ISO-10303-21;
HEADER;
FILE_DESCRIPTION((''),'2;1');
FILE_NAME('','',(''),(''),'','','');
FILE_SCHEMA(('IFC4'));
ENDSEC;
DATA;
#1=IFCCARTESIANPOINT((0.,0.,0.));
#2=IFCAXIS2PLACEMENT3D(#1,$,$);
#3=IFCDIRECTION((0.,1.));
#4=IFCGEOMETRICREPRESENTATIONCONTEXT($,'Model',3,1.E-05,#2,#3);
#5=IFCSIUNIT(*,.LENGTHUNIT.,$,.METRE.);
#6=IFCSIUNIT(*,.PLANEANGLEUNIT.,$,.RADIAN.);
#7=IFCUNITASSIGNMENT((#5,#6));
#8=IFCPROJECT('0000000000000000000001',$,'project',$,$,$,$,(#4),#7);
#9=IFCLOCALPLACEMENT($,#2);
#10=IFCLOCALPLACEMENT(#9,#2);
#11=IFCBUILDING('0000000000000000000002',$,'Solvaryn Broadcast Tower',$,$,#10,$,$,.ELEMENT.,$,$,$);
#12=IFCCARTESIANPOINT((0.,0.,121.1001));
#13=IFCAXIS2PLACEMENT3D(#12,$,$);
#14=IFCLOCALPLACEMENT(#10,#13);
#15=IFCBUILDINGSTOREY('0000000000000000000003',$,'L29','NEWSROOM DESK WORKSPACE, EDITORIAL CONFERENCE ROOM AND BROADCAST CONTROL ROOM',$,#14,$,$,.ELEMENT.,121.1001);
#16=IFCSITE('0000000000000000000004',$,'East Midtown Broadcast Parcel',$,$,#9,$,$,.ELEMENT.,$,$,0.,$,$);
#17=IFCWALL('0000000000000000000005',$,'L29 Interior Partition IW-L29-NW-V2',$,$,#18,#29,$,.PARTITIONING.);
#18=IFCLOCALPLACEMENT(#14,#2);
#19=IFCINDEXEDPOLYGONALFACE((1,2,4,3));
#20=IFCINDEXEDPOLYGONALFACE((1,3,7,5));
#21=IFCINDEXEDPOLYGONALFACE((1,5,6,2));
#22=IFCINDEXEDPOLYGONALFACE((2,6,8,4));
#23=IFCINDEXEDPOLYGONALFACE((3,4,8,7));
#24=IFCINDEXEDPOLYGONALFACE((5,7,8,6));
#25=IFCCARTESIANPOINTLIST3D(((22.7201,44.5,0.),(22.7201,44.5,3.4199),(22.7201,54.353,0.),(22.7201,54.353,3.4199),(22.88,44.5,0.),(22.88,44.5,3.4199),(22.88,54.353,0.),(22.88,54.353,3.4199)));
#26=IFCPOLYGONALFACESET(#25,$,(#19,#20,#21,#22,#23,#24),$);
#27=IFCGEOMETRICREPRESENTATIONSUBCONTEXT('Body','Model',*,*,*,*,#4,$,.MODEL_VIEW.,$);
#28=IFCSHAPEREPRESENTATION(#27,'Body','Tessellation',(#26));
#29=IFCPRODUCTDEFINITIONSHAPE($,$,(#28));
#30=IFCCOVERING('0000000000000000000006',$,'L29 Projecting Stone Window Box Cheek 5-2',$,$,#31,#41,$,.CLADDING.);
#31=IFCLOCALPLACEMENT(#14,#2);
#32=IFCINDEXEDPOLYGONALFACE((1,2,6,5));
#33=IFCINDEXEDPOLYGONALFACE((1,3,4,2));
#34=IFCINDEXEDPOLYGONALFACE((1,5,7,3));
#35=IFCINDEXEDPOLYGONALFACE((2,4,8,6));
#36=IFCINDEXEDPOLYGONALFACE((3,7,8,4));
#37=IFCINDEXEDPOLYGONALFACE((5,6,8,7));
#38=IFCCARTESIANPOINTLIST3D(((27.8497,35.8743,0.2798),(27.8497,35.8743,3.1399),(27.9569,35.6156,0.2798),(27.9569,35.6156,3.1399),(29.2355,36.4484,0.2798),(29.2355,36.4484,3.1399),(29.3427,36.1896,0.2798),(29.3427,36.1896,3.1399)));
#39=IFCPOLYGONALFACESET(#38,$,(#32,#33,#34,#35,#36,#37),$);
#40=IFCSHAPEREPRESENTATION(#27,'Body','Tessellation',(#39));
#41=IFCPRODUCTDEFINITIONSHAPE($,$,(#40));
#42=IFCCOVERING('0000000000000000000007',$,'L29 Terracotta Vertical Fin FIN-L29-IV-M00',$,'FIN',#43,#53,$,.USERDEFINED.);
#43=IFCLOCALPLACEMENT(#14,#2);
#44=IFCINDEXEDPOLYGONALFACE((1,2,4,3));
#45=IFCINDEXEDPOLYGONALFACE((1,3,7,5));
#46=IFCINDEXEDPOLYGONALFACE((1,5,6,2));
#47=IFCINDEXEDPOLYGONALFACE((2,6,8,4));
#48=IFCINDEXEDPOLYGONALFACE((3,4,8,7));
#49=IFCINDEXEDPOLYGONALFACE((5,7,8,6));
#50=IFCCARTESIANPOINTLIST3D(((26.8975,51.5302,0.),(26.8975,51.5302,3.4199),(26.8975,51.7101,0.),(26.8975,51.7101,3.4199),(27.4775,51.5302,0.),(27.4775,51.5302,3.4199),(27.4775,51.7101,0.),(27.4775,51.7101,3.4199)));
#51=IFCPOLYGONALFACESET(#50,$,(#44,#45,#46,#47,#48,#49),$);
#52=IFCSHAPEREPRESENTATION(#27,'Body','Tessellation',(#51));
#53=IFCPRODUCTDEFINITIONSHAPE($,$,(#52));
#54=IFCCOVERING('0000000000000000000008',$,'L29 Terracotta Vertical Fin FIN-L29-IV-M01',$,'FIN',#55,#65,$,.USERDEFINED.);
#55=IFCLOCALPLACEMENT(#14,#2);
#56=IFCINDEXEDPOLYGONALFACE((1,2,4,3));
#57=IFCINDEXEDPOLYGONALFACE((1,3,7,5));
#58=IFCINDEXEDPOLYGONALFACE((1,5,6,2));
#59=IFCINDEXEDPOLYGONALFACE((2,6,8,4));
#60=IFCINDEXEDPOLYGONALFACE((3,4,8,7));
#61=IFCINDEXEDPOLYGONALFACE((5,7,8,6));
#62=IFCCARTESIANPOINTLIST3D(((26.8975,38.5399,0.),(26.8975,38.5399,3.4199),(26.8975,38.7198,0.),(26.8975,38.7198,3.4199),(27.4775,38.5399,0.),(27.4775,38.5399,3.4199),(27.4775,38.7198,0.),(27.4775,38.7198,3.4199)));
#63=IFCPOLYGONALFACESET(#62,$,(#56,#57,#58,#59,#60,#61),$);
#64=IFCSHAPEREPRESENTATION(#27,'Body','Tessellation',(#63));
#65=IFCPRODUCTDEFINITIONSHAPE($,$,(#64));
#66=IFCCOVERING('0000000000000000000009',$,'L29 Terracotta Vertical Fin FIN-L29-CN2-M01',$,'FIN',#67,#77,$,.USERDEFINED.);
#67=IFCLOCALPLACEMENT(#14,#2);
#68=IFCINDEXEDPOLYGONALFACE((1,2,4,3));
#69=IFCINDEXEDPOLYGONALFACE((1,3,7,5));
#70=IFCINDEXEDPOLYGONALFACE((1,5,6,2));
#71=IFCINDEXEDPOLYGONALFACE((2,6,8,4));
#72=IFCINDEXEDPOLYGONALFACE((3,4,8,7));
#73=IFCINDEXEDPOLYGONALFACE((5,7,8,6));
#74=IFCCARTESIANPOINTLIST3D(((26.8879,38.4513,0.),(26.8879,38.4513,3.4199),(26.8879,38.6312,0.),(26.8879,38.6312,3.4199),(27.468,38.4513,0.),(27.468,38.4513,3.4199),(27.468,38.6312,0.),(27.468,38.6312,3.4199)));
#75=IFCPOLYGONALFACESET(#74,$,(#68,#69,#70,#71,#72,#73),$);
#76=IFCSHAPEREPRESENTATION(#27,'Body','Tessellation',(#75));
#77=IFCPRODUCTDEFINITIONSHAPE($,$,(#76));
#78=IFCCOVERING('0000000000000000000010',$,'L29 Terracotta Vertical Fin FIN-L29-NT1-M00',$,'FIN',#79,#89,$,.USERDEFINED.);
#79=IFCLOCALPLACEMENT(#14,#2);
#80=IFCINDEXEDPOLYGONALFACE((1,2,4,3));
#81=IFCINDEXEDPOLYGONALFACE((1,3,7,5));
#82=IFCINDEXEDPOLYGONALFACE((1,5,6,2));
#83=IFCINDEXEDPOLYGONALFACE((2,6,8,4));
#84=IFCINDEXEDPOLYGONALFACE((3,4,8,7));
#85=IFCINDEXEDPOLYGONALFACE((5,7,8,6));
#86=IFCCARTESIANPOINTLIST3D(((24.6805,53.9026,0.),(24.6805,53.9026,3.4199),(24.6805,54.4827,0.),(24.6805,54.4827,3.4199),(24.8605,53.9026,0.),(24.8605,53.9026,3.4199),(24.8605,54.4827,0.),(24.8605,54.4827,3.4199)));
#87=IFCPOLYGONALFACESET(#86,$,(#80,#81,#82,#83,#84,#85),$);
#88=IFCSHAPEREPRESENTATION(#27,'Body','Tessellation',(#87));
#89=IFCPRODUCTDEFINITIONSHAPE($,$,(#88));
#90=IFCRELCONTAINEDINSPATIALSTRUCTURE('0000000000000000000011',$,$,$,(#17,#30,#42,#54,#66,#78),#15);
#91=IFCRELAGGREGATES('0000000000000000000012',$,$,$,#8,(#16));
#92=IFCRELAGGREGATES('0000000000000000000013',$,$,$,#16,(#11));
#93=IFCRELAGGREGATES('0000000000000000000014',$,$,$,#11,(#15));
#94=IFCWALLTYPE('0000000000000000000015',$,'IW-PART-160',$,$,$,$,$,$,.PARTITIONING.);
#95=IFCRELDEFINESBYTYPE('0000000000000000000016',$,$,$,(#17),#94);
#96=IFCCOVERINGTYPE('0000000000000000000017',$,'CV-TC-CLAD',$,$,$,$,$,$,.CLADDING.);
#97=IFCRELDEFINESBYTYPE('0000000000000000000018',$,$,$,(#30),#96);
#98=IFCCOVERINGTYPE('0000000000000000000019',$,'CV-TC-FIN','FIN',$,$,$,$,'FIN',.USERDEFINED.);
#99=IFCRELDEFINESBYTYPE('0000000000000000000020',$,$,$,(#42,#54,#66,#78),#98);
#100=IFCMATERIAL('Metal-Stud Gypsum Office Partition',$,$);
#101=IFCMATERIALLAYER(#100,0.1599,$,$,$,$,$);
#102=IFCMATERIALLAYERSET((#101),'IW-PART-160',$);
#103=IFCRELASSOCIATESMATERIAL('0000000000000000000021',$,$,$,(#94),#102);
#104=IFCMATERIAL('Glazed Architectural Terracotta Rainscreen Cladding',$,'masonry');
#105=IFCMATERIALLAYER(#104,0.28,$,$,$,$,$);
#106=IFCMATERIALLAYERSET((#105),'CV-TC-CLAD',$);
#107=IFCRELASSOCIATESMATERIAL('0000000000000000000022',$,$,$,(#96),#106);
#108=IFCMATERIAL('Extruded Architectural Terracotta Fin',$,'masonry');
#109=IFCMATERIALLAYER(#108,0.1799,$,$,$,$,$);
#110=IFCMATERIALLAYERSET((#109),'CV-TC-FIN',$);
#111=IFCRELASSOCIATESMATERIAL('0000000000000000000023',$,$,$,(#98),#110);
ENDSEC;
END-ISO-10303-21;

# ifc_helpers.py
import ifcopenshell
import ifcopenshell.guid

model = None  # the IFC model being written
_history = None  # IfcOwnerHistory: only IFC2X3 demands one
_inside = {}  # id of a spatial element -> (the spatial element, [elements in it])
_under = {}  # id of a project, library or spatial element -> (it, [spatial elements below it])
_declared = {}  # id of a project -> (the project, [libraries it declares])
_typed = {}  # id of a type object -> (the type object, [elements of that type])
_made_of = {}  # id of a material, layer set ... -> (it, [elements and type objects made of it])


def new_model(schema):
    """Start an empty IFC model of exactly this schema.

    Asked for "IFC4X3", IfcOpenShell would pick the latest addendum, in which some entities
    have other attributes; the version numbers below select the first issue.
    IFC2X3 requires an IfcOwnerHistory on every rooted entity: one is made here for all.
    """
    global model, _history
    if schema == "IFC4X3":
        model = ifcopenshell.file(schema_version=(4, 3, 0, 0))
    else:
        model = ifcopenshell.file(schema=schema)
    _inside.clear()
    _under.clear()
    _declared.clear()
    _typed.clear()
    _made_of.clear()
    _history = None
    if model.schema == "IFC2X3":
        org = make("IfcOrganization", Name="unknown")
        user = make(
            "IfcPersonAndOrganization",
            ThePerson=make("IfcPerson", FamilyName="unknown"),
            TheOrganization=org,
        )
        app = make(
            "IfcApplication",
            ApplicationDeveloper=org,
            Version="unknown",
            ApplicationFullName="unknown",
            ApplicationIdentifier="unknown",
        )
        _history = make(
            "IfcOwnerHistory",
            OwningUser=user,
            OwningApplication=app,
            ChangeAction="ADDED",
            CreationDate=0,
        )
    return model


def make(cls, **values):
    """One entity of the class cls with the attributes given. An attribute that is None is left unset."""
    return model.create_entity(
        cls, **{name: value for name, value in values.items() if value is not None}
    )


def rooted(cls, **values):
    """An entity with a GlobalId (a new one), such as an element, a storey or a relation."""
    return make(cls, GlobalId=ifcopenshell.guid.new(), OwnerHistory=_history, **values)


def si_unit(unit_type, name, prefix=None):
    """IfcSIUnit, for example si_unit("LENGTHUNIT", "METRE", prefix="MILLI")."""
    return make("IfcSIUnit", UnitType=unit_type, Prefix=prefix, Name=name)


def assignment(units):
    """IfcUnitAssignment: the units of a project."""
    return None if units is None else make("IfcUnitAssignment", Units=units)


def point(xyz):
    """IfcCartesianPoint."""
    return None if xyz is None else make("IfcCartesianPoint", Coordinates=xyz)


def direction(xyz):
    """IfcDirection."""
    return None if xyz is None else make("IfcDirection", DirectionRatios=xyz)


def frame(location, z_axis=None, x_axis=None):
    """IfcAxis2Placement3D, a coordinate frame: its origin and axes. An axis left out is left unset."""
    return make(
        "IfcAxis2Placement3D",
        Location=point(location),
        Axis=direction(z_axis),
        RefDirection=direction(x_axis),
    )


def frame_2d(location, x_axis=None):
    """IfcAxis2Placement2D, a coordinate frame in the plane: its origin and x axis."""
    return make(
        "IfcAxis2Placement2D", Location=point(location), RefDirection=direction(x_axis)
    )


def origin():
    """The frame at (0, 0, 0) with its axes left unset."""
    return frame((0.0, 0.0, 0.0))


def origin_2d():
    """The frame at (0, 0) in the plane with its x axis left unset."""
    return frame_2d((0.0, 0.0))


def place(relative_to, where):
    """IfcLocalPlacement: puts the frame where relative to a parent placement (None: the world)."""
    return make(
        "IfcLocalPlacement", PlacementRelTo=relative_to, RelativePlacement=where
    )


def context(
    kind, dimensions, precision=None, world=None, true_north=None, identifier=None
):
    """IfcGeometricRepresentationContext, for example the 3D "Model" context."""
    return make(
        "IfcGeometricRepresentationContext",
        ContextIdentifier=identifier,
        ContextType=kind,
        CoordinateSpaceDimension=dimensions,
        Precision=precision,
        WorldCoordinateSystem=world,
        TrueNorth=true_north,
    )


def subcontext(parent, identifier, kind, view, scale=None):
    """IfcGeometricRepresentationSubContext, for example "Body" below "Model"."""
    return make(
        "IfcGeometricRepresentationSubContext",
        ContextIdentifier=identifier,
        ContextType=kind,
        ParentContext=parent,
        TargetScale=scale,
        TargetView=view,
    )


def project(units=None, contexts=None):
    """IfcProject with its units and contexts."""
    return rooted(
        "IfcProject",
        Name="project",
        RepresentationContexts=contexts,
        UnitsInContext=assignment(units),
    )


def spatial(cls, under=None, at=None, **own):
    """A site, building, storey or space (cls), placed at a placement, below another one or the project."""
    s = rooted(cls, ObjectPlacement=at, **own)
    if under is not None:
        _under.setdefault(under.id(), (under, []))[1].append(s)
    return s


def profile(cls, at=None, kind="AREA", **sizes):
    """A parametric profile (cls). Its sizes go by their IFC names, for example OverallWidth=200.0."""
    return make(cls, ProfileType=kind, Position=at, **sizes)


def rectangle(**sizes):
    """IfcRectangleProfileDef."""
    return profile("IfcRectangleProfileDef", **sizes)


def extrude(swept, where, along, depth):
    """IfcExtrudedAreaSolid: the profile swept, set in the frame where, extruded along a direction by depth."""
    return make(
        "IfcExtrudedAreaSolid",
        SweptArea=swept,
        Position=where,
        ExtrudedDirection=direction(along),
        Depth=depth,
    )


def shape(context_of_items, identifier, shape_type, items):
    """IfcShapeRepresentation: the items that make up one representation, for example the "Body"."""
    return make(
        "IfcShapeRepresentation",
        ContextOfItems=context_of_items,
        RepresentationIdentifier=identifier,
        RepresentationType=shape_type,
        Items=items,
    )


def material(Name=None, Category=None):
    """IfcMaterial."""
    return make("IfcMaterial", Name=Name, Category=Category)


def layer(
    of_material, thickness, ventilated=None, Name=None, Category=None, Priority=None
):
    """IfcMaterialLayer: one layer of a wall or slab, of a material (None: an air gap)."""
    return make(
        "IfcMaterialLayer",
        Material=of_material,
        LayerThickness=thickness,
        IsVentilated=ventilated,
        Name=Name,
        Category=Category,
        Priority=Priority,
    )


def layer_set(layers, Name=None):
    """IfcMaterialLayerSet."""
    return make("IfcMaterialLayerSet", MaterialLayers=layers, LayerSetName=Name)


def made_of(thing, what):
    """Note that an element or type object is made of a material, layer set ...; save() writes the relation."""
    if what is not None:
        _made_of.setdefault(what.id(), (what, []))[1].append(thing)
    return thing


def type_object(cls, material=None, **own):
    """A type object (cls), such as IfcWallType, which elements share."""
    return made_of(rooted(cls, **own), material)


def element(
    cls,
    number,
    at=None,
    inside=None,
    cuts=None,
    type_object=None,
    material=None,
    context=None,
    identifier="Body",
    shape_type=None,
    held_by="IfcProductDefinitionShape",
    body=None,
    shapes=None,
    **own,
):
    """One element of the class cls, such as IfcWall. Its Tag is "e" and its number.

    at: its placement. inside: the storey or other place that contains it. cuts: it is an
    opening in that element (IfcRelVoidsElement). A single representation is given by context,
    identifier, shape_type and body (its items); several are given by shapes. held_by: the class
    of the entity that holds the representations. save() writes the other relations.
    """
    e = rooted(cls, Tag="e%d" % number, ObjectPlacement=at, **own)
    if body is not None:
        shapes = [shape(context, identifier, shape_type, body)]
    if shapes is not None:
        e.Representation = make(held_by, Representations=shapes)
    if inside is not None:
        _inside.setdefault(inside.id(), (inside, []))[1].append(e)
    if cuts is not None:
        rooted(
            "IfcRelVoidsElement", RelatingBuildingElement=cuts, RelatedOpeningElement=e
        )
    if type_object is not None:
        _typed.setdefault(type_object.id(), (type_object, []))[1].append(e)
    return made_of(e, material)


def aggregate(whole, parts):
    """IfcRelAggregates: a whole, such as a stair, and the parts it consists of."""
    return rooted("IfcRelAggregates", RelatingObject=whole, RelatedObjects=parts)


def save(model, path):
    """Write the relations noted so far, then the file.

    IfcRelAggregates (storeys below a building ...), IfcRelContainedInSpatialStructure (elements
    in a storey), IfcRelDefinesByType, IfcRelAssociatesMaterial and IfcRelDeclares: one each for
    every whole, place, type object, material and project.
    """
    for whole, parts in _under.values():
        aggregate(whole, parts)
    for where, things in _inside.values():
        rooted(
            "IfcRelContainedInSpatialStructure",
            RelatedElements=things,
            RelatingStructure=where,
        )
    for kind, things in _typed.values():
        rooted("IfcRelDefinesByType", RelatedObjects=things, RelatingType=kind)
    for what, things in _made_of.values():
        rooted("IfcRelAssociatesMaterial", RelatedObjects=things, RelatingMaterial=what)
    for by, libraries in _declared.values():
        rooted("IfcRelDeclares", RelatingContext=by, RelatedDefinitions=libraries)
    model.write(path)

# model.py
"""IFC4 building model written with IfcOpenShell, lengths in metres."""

from ifc_helpers import new_model, si_unit, direction, frame, frame_2d, origin, origin_2d, place, context, subcontext, project, spatial, rectangle, extrude, material, layer, layer_set, type_object, element, save


model = new_model("IFC4")

# Units and contexts
model_context = context("Model", 3, precision=1e-05, world=origin(), true_north=direction((0.0, 1.0)))
body_context = subcontext(model_context, "Body", "Model", "MODEL_VIEW")
ifc_project = project(units=[si_unit("LENGTHUNIT", "METRE"), si_unit("PLANEANGLEUNIT", "RADIAN")], contexts=[model_context])

# Site, building, storey
site_placement = place(None, origin())
site = spatial("IfcSite", under=ifc_project, at=site_placement, Name="East Midtown Broadcast Parcel", CompositionType="ELEMENT", RefElevation=0.0)
building_placement = place(site_placement, origin())
building = spatial("IfcBuilding", under=site, at=building_placement, Name="Solvaryn Broadcast Tower", CompositionType="ELEMENT")
storey_placement = place(building_placement, frame((0.0, 0.0, 121.1001)))
storey = spatial("IfcBuildingStorey", under=building, at=storey_placement, Name="L29", Description="NEWSROOM DESK WORKSPACE, EDITORIAL CONFERENCE ROOM AND BROADCAST CONTROL ROOM", CompositionType="ELEMENT", Elevation=121.1001)

# Wall
ifc_material_1 = material(Name="Metal-Stud Gypsum Office Partition")
ifc_layer_1 = layer(ifc_material_1, 0.1599)
ifc_layer_set_1 = layer_set([ifc_layer_1], Name="IW-PART-160")
wall_type_1 = type_object("IfcWallType", Name="IW-PART-160", PredefinedType="PARTITIONING", material=ifc_layer_set_1)
wall_1_placement = place(storey_placement, frame((22.8, 44.5, 0.0), z_axis=(0.0, 0.0, 1.0), x_axis=(0.0, 1.0, 0.0)))
element("IfcWall", 1, at=wall_1_placement, inside=storey, type_object=wall_type_1, Name="L29 Interior Partition IW-L29-NW-V2", PredefinedType="PARTITIONING", context=body_context, shape_type="SweptSolid", body=[
    extrude(rectangle(XDim=9.853, YDim=0.1599, at=frame_2d((4.9265, 0.0))), origin(), (0.0, 0.0, 1.0), 3.4199),
])

# Coverings
ifc_material_2 = material(Name="Glazed Architectural Terracotta Rainscreen Cladding", Category="masonry")
ifc_layer_2 = layer(ifc_material_2, 0.28)
ifc_layer_set_2 = layer_set([ifc_layer_2], Name="CV-TC-CLAD")
covering_type_1 = type_object("IfcCoveringType", Name="CV-TC-CLAD", PredefinedType="CLADDING", material=ifc_layer_set_2)
covering_1_placement = place(storey_placement, frame((28.5962, 36.032, 0.2798), z_axis=(0.0, 0.0, 1.0), x_axis=(-0.382683, 0.92388, 0.0)))
element("IfcCovering", 2, at=covering_1_placement, inside=storey, type_object=covering_type_1, Name="L29 Projecting Stone Window Box Cheek 5-2", PredefinedType="CLADDING", context=body_context, shape_type="SweptSolid", body=[
    extrude(rectangle(XDim=0.28, YDim=1.5, at=origin_2d()), origin(), (0.0, 0.0, 1.0), 2.8601),
])
ifc_material_3 = material(Name="Extruded Architectural Terracotta Fin", Category="masonry")
ifc_layer_3 = layer(ifc_material_3, 0.1799)
ifc_layer_set_3 = layer_set([ifc_layer_3], Name="CV-TC-FIN")
covering_type_2 = type_object("IfcCoveringType", Name="CV-TC-FIN", Description="FIN", ElementType="FIN", PredefinedType="USERDEFINED", material=ifc_layer_set_3)
for number, where, z_axis, x_axis, name in (
    (3, (27.1875, 51.6201, 0.0), (0.0, 0.0, 1.0), (1.0, 0.0, 0.0), "L29 Terracotta Vertical Fin FIN-L29-IV-M00"),
    (4, (27.1875, 38.6299, 0.0), (0.0, 0.0, 1.0), (1.0, 0.0, 0.0), "L29 Terracotta Vertical Fin FIN-L29-IV-M01"),
    (5, (27.178, 38.5413, 0.0), (0.0, 0.0, 1.0), (1.0, 0.0, 0.0), "L29 Terracotta Vertical Fin FIN-L29-CN2-M01"),
):
    element("IfcCovering", number, at=place(storey_placement, frame(where, z_axis=z_axis, x_axis=x_axis)), inside=storey, type_object=covering_type_2, Name=name, ObjectType="FIN", PredefinedType="USERDEFINED", context=body_context, shape_type="SweptSolid", body=[
        extrude(rectangle(XDim=0.5801, YDim=0.1799, at=origin_2d()), origin(), (0.0, 0.0, 1.0), 3.4199),
    ])
covering_2_placement = place(storey_placement, frame((24.7705, 54.1926, 0.0), z_axis=(0.0, 0.0, 1.0), x_axis=(1.0, 0.0, 0.0)))
element("IfcCovering", 6, at=covering_2_placement, inside=storey, type_object=covering_type_2, Name="L29 Terracotta Vertical Fin FIN-L29-NT1-M00", ObjectType="FIN", PredefinedType="USERDEFINED", context=body_context, shape_type="SweptSolid", body=[
    extrude(rectangle(XDim=0.1799, YDim=0.5801, at=origin_2d()), origin(), (0.0, 0.0, 1.0), 3.4199),
])

save(model, "model.ifc")
